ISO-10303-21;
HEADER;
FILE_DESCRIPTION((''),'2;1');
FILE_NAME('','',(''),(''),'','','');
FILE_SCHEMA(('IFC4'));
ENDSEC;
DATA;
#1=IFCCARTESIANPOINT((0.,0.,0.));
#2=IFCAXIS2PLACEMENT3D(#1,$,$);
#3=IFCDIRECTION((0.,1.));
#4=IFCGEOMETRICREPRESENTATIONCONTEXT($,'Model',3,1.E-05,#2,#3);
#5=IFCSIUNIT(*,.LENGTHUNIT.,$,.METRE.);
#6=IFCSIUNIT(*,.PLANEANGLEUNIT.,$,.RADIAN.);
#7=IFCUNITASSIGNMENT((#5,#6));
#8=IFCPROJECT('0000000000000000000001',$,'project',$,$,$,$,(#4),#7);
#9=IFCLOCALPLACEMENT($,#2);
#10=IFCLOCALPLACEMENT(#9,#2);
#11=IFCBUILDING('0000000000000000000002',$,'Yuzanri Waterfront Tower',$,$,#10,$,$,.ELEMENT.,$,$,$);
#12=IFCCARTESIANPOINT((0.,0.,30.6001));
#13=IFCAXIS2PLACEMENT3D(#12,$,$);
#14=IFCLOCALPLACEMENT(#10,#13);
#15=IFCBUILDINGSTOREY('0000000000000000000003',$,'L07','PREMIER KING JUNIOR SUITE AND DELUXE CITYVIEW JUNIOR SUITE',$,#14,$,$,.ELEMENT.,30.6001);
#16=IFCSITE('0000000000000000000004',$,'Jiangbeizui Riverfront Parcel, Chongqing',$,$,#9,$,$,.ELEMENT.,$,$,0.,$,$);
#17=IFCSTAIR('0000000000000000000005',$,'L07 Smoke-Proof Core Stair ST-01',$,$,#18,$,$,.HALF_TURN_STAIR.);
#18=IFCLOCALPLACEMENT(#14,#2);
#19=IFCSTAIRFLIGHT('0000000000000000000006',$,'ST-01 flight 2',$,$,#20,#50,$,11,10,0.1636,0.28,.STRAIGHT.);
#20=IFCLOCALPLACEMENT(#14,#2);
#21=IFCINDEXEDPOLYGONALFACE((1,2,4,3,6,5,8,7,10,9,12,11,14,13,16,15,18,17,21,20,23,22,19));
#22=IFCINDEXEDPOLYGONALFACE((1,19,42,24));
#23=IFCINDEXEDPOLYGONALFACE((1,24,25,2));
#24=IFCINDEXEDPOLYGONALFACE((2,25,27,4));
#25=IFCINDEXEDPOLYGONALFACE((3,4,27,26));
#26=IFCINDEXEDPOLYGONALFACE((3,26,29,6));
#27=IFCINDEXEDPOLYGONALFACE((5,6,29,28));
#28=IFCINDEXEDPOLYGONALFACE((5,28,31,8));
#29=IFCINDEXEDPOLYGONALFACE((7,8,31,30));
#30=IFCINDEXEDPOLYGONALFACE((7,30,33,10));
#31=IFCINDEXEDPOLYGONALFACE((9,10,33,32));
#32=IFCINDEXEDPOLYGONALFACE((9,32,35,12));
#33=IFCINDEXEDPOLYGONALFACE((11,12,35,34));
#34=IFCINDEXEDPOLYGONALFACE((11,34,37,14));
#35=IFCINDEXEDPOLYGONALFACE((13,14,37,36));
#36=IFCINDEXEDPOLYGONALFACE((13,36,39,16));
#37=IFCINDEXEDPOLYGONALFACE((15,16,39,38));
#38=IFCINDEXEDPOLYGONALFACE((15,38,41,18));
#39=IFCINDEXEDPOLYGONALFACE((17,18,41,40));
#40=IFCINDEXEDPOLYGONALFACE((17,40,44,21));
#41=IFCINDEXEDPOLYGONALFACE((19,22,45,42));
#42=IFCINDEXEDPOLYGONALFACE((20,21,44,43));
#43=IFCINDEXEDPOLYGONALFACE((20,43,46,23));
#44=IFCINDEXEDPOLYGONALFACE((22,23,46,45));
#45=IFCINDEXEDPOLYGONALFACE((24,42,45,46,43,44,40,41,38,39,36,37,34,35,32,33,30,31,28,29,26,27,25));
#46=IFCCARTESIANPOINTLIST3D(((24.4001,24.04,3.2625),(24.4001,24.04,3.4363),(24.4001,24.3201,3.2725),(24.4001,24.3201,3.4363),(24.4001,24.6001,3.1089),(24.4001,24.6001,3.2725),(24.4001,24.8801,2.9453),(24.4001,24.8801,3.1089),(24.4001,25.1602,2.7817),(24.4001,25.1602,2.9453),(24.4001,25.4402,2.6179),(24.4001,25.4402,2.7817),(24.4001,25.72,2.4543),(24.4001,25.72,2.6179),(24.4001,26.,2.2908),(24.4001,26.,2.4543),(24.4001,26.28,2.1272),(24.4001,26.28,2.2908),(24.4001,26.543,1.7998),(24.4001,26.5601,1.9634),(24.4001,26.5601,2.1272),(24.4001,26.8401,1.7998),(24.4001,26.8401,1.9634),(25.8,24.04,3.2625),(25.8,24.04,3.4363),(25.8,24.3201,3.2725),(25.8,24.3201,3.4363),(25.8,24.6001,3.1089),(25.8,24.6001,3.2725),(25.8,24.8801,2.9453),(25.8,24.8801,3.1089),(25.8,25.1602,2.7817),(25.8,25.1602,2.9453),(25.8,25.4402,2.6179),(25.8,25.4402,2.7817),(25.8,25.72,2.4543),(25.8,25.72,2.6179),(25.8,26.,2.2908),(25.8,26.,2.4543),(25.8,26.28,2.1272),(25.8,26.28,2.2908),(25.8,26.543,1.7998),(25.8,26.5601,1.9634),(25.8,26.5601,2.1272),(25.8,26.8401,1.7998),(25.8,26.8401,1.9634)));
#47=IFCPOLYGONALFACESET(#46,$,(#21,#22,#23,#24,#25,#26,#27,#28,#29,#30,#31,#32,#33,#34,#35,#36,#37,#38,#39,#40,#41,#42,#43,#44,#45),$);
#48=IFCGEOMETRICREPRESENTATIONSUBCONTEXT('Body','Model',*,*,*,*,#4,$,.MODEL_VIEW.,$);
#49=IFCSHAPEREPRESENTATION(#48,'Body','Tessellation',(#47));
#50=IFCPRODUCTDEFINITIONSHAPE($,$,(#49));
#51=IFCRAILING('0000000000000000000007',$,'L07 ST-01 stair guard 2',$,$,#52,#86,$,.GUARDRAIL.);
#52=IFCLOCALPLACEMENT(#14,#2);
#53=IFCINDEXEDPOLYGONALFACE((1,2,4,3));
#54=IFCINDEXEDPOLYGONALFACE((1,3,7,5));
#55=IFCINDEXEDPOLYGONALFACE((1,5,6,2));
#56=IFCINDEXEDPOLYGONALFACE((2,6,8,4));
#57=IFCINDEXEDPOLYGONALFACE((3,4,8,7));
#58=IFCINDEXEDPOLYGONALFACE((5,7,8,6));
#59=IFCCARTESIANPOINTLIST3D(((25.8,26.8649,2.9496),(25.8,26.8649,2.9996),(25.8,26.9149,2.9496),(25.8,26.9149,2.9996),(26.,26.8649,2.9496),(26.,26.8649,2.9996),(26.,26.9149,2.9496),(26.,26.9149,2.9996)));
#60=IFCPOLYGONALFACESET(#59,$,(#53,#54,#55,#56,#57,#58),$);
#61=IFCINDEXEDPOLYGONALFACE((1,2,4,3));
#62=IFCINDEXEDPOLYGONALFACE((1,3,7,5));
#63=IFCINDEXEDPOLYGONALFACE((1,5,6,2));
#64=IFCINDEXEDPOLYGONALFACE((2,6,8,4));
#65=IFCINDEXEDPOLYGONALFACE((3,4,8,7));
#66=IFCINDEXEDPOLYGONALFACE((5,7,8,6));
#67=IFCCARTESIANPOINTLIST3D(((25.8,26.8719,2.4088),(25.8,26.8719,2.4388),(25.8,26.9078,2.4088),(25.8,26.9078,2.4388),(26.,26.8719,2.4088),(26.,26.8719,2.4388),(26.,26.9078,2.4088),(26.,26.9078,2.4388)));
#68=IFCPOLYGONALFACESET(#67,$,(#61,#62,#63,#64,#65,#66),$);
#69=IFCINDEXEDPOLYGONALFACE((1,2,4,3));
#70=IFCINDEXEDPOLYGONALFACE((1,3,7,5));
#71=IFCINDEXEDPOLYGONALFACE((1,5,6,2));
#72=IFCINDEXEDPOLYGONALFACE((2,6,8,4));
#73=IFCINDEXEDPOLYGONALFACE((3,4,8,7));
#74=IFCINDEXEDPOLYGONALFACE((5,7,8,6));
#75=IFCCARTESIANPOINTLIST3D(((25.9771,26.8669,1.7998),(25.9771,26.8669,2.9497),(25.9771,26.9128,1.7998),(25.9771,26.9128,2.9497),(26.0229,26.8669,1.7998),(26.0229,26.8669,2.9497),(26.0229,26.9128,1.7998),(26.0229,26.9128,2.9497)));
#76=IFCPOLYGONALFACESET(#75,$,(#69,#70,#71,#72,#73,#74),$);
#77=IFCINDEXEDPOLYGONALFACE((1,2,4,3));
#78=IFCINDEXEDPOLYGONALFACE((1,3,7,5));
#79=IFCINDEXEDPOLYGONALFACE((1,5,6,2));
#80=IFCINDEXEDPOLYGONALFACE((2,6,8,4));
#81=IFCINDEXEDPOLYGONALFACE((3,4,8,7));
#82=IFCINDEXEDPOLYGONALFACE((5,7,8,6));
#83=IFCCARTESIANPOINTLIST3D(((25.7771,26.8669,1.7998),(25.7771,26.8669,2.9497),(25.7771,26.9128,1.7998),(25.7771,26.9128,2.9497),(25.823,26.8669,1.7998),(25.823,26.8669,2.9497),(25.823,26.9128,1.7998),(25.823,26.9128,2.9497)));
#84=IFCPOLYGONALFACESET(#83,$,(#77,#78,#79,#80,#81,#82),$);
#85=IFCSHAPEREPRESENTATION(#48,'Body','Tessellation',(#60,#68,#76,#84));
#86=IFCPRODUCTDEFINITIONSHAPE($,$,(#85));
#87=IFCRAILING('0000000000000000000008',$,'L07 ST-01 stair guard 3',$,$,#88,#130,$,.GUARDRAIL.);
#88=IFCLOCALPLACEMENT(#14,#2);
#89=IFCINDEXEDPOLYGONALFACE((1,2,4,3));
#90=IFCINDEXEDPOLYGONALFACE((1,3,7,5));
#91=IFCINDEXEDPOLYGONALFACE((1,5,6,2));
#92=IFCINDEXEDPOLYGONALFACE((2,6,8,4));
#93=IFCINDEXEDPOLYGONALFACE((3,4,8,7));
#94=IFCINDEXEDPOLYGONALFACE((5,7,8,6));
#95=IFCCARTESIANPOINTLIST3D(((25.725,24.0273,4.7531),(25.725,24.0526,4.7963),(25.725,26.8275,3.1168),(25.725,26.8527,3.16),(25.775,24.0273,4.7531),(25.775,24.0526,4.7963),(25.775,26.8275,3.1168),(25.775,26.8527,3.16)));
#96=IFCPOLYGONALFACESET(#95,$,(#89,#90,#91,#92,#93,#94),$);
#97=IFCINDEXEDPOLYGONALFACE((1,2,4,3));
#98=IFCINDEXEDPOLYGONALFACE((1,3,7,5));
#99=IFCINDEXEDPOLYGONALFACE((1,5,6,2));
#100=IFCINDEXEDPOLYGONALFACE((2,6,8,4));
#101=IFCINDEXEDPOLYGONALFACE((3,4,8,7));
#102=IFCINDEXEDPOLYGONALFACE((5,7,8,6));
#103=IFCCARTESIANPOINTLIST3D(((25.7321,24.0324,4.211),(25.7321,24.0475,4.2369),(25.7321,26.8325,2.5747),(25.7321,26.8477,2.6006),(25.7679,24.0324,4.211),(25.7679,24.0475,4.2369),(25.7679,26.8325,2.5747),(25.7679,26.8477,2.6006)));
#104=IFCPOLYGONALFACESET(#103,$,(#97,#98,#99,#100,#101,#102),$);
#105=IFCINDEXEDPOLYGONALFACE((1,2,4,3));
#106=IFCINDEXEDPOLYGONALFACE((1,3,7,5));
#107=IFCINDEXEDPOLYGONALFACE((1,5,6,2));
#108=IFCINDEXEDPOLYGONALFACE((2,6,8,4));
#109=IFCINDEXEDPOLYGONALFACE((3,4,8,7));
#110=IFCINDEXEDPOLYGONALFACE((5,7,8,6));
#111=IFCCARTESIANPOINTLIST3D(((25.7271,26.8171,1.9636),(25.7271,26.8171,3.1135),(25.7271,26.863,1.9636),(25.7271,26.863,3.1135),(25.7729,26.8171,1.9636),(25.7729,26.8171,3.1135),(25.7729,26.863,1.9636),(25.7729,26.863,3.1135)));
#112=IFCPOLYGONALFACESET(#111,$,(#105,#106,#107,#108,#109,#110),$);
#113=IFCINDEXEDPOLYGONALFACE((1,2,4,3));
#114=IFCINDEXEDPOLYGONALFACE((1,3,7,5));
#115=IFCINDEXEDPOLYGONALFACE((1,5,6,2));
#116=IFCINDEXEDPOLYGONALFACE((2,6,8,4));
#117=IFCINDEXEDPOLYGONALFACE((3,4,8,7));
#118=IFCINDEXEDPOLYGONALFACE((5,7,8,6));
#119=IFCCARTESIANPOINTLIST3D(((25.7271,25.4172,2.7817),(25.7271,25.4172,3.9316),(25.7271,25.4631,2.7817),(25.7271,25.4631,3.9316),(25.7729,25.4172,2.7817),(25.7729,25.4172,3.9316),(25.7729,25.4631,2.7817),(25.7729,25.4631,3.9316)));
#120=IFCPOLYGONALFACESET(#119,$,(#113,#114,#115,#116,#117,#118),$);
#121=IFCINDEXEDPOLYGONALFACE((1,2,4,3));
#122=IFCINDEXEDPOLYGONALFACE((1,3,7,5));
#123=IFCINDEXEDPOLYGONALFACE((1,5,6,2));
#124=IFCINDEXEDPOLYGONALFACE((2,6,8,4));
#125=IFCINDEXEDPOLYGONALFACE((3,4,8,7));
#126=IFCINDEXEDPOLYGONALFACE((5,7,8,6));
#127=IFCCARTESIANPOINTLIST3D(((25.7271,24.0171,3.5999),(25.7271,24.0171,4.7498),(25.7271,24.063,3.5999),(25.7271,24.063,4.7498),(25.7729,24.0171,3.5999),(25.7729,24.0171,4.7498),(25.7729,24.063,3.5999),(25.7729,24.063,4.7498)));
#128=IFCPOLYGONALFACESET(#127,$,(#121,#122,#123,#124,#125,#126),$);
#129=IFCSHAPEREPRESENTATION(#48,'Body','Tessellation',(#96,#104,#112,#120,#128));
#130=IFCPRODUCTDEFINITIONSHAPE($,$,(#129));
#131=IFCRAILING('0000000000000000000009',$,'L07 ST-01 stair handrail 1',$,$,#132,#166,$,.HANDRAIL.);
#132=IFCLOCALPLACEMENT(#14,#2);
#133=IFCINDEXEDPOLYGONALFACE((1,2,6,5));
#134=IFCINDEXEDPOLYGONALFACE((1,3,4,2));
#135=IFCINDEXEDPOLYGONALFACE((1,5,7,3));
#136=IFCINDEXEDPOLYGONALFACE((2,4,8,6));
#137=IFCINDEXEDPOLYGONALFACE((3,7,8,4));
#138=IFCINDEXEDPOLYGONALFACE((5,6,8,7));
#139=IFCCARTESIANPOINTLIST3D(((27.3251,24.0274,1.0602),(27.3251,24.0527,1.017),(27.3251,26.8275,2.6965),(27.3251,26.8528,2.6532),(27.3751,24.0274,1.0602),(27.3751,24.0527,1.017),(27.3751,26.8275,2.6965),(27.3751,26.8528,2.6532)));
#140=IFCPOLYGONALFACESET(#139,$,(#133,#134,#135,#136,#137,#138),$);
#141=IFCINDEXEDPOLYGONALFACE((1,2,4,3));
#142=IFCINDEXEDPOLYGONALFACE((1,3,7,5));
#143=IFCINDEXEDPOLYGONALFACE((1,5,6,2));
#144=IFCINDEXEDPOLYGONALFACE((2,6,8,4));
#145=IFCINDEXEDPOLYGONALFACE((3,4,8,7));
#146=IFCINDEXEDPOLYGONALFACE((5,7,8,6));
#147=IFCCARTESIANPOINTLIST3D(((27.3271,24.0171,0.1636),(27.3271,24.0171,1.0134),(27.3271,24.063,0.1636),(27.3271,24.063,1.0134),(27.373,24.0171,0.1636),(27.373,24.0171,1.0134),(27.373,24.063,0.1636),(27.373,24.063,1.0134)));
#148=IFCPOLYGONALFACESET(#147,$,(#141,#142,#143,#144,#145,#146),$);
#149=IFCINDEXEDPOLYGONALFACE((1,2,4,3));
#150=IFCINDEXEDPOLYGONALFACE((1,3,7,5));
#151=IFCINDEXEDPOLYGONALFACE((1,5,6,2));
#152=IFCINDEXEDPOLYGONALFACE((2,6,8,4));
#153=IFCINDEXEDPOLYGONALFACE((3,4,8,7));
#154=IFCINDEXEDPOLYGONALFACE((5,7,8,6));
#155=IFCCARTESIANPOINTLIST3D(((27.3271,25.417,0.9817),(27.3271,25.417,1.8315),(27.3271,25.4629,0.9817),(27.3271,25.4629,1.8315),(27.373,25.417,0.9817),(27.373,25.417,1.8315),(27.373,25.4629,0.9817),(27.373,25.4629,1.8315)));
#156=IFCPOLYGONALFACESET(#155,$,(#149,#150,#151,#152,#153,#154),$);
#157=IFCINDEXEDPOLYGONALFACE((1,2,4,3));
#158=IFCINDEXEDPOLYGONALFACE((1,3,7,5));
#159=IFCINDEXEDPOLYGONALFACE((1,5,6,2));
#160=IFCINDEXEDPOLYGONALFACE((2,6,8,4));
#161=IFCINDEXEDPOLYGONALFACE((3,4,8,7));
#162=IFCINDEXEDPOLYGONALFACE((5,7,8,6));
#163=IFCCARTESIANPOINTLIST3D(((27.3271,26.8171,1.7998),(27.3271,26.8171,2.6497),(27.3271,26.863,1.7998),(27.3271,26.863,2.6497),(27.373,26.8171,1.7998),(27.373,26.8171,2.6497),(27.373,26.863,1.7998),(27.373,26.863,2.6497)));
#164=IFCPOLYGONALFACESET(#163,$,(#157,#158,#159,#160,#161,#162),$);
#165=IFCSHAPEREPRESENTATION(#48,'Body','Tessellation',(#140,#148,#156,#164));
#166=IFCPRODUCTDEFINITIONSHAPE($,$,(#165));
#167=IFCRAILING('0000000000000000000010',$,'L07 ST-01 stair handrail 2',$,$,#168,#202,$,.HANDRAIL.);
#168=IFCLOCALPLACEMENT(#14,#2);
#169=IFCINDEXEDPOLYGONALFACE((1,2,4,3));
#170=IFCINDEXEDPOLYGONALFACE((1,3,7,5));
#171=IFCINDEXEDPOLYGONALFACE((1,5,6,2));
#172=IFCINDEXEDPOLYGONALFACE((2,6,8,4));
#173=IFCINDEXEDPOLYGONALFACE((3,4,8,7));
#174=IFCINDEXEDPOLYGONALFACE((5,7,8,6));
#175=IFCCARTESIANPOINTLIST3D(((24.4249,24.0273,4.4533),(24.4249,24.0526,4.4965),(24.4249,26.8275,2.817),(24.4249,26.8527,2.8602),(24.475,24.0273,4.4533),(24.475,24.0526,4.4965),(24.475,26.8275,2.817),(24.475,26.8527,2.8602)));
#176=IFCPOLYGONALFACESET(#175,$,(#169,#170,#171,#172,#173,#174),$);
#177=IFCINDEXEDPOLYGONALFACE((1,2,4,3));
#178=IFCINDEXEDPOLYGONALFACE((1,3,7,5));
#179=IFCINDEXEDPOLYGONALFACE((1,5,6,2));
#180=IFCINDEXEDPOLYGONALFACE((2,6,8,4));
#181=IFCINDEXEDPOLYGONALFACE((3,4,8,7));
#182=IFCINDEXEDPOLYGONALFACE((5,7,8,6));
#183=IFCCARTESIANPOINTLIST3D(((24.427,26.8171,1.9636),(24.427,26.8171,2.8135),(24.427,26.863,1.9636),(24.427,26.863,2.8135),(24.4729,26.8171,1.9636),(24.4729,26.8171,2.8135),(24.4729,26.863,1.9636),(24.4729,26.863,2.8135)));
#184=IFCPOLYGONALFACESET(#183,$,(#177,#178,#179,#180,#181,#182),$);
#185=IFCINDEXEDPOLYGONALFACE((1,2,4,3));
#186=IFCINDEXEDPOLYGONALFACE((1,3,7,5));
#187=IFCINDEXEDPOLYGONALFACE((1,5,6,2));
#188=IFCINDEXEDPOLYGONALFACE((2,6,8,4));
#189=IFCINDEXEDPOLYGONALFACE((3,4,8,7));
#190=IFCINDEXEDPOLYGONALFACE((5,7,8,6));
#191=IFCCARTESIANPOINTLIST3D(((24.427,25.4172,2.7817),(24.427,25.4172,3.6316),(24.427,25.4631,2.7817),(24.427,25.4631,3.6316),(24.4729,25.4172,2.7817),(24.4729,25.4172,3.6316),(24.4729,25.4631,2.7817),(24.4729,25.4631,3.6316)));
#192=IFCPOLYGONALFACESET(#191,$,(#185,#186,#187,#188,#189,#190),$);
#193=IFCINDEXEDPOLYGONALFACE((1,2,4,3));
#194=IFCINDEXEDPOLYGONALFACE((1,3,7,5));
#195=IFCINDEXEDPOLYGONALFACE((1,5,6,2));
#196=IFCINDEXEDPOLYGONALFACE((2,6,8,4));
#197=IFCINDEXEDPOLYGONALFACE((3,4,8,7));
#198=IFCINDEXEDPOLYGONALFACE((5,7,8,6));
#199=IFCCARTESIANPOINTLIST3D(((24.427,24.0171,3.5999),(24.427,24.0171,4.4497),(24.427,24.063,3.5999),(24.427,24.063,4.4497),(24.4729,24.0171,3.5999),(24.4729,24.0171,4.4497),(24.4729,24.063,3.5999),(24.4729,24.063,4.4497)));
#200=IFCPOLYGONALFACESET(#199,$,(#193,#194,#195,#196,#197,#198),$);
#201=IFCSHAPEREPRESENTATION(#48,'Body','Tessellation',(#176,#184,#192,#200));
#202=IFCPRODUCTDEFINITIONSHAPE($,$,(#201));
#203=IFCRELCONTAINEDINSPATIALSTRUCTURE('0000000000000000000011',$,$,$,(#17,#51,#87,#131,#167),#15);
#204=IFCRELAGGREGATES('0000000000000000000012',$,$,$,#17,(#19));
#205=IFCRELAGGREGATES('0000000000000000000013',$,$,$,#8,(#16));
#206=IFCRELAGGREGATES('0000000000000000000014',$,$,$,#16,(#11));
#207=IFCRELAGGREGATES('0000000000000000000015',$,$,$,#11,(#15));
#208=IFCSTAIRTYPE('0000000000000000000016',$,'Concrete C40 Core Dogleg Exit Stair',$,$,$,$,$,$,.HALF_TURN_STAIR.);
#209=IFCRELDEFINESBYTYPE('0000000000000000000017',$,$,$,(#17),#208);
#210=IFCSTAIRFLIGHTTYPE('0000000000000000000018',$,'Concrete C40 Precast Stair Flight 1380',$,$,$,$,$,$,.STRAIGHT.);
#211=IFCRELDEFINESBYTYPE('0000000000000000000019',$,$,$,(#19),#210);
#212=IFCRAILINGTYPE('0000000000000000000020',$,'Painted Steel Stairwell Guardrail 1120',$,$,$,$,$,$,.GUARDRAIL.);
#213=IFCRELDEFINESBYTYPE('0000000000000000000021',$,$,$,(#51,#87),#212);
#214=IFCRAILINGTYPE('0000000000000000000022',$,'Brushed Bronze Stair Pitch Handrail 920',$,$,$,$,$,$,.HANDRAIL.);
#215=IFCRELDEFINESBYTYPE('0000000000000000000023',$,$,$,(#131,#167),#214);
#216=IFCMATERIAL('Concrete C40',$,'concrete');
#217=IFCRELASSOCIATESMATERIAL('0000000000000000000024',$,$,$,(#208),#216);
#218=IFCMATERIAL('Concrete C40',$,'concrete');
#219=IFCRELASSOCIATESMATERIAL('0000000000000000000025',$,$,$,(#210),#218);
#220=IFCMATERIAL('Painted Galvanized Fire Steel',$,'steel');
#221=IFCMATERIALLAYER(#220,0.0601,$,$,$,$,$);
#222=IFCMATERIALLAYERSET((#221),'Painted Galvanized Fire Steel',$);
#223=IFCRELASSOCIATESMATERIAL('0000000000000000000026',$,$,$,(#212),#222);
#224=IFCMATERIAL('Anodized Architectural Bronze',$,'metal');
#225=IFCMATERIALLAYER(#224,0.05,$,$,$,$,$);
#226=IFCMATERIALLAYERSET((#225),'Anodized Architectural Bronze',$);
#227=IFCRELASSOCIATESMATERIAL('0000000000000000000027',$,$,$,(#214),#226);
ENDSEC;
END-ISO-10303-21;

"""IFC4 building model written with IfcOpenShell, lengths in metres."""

from ifc_helpers import new_model, si_unit, direction, frame, origin, origin_2d, place, context, subcontext, project, spatial, polyline, rectangle, outline, extrude, source, transform, mapped, material, layer, layer_set, type_object, element, aggregate, save


model = new_model("IFC4")

# Units and contexts
model_context = context("Model", 3, precision=1e-05, world=origin(), true_north=direction((0.0, 1.0)))
body_context = subcontext(model_context, "Body", "Model", "MODEL_VIEW")
ifc_project = project(units=[si_unit("LENGTHUNIT", "METRE"), si_unit("PLANEANGLEUNIT", "RADIAN")], contexts=[model_context])

# Site, building, storey
site_placement = place(None, origin())
site = spatial("IfcSite", under=ifc_project, at=site_placement, Name="Jiangbeizui Riverfront Parcel, Chongqing", CompositionType="ELEMENT", RefElevation=0.0)
building_placement = place(site_placement, origin())
building = spatial("IfcBuilding", under=site, at=building_placement, Name="Yuzanri Waterfront Tower", CompositionType="ELEMENT")
storey_placement = place(building_placement, frame((0.0, 0.0, 30.6001)))
storey = spatial("IfcBuildingStorey", under=building, at=storey_placement, Name="L07", Description="PREMIER KING JUNIOR SUITE AND DELUXE CITYVIEW JUNIOR SUITE", CompositionType="ELEMENT", Elevation=30.6001)

# Stair, stair flight
ifc_material_1 = material(Name="Concrete C40", Category="concrete")
stair_type = type_object("IfcStairType", Name="Concrete C40 Core Dogleg Exit Stair", PredefinedType="HALF_TURN_STAIR", material=ifc_material_1)
stair_placement = place(storey_placement, origin())
stair = element("IfcStair", 1, at=stair_placement, inside=storey, type_object=stair_type, Name="L07 Smoke-Proof Core Stair ST-01", PredefinedType="HALF_TURN_STAIR")
ifc_material_2 = material(Name="Concrete C40", Category="concrete")
stair_flight_type = type_object("IfcStairFlightType", Name="Concrete C40 Precast Stair Flight 1380", PredefinedType="STRAIGHT", material=ifc_material_2)
shared_shape_1 = source(origin(), body_context, "Body", "SweptSolid", [
    extrude(outline(polyline([(0.0, 0.0), (0.0, 0.1636), (0.28, 0.1636), (0.28, 0.3274), (0.5601, 0.3274), (0.5601, 0.491), (0.8401, 0.491), (0.8401, 0.6545), (1.1201, 0.6545), (1.1201, 0.8181), (1.3999, 0.8181), (1.3999, 0.9819), (1.6799, 0.9819), (1.6799, 1.1455), (1.96, 1.1455), (1.96, 1.3091), (2.24, 1.3091), (2.24, 1.4727), (2.52, 1.4727), (2.52, 1.6365), (2.8, 1.6365), (2.8, 1.8), (2.8, 1.4626), (0.2971, 0.0), (0.0, 0.0)])), frame((0.0, 0.7, 0.0), z_axis=(0.0, -1.0, 0.0), x_axis=(1.0, 0.0, 0.0)), (0.0, 0.0, 1.0), 1.3999),
])
stair_flight_1_placement = place(storey_placement, frame((25.1001, 26.8401, 1.7998), z_axis=(0.0, 0.0, 1.0), x_axis=(0.0, -1.0, 0.0)))
stair_flight_1 = element("IfcStairFlight", 2, at=stair_flight_1_placement, type_object=stair_flight_type, Name="ST-01 flight 2", NumberOfRisers=11, NumberOfTreads=10, PredefinedType="STRAIGHT", RiserHeight=0.1636, TreadLength=0.28, context=body_context, shape_type="MappedRepresentation", body=[
    mapped(shared_shape_1, transform((0.0, 0.0, 0.0), scale=1.0)),
])
aggregate(stair, [stair_flight_1])

# Railings
ifc_material_3 = material(Name="Painted Galvanized Fire Steel", Category="steel")
ifc_layer_1 = layer(ifc_material_3, 0.0601)
ifc_layer_set_1 = layer_set([ifc_layer_1], Name="Painted Galvanized Fire Steel")
railing_type_1 = type_object("IfcRailingType", Name="Painted Steel Stairwell Guardrail 1120", PredefinedType="GUARDRAIL", material=ifc_layer_set_1)
shared_shape_2 = source(origin(), body_context, "Body", "SweptSolid", [
    extrude(rectangle(XDim=0.05, YDim=0.05, at=origin_2d()), frame((0.0, 0.0, 1.1748), z_axis=(-1.0, 0.0, 0.0), x_axis=(0.0, -1.0, 0.0)), (0.0, 0.0, 1.0), 0.2),
    extrude(rectangle(XDim=0.0359, YDim=0.03, at=origin_2d()), frame((0.0, 0.0, 0.624), z_axis=(-1.0, 0.0, 0.0), x_axis=(0.0, -1.0, 0.0)), (0.0, 0.0, 1.0), 0.2),
    extrude(rectangle(XDim=0.0459, YDim=0.0459, at=origin_2d()), origin(), (0.0, 0.0, 1.0), 1.1499),
    extrude(rectangle(XDim=0.0459, YDim=0.0459, at=origin_2d()), frame((-0.2, 0.0, 0.0)), (0.0, 0.0, 1.0), 1.1499),
])
railing_1_placement = place(storey_placement, frame((26.0, 26.8899, 1.7998)))
element("IfcRailing", 3, at=railing_1_placement, inside=storey, type_object=railing_type_1, Name="L07 ST-01 stair guard 2", PredefinedType="GUARDRAIL", context=body_context, shape_type="MappedRepresentation", body=[
    mapped(shared_shape_2, transform((0.0, 0.0, 0.0), scale=1.0)),
])
shared_shape_3 = source(origin(), body_context, "Body", "SweptSolid", [
    extrude(rectangle(XDim=0.05, YDim=0.05, at=origin_2d()), frame((0.0, 0.0, 1.1748), z_axis=(0.0, -0.863394, 0.504531), x_axis=(1.0, 0.0, 0.0)), (0.0, 0.0, 1.0), 3.2432),
    extrude(rectangle(XDim=0.0359, YDim=0.03, at=origin_2d()), frame((0.0, 0.0, 0.624), z_axis=(0.0, -0.863394, 0.504531), x_axis=(1.0, 0.0, 0.0)), (0.0, 0.0, 1.0), 3.2432),
    extrude(rectangle(XDim=0.0459, YDim=0.0459, at=origin_2d()), origin(), (0.0, 0.0, 1.0), 1.1499),
    extrude(rectangle(XDim=0.0459, YDim=0.0459, at=origin_2d()), frame((0.0, -1.3999, 0.8181)), (0.0, 0.0, 1.0), 1.1499),
    extrude(rectangle(XDim=0.0459, YDim=0.0459, at=origin_2d()), frame((0.0, -2.8, 1.6362)), (0.0, 0.0, 1.0), 1.1499),
])
railing_2_placement = place(storey_placement, frame((25.75, 26.8401, 1.9636)))
element("IfcRailing", 4, at=railing_2_placement, inside=storey, type_object=railing_type_1, Name="L07 ST-01 stair guard 3", PredefinedType="GUARDRAIL", context=body_context, shape_type="MappedRepresentation", body=[
    mapped(shared_shape_3, transform((0.0, 0.0, 0.0), scale=1.0)),
])
ifc_material_4 = material(Name="Anodized Architectural Bronze", Category="metal")
ifc_layer_2 = layer(ifc_material_4, 0.05)
ifc_layer_set_2 = layer_set([ifc_layer_2], Name="Anodized Architectural Bronze")
railing_type_2 = type_object("IfcRailingType", Name="Brushed Bronze Stair Pitch Handrail 920", PredefinedType="HANDRAIL", material=ifc_layer_set_2)
shared_shape_4 = source(origin(), body_context, "Body", "SweptSolid", [
    extrude(rectangle(XDim=0.05, YDim=0.05, at=origin_2d()), frame((0.0, 0.0, 0.875), z_axis=(0.0, 0.863394, 0.504531), x_axis=(-1.0, 0.0, 0.0)), (0.0, 0.0, 1.0), 3.2432),
    extrude(rectangle(XDim=0.0459, YDim=0.0459, at=origin_2d()), origin(), (0.0, 0.0, 1.0), 0.8499),
    extrude(rectangle(XDim=0.0459, YDim=0.0459, at=origin_2d()), frame((0.0, 1.3999, 0.8181)), (0.0, 0.0, 1.0), 0.8499),
    extrude(rectangle(XDim=0.0459, YDim=0.0459, at=origin_2d()), frame((0.0, 2.8, 1.6362)), (0.0, 0.0, 1.0), 0.8499),
])
railing_3_placement = place(storey_placement, frame((27.3501, 24.04, 0.1636)))
element("IfcRailing", 5, at=railing_3_placement, inside=storey, type_object=railing_type_2, Name="L07 ST-01 stair handrail 1", PredefinedType="HANDRAIL", context=body_context, shape_type="MappedRepresentation", body=[
    mapped(shared_shape_4, transform((0.0, 0.0, 0.0), scale=1.0)),
])
shared_shape_5 = source(origin(), body_context, "Body", "SweptSolid", [
    extrude(rectangle(XDim=0.05, YDim=0.05, at=origin_2d()), frame((0.0, 0.0, 0.875), z_axis=(0.0, -0.863394, 0.504531), x_axis=(1.0, 0.0, 0.0)), (0.0, 0.0, 1.0), 3.2432),
    extrude(rectangle(XDim=0.0459, YDim=0.0459, at=origin_2d()), origin(), (0.0, 0.0, 1.0), 0.8499),
    extrude(rectangle(XDim=0.0459, YDim=0.0459, at=origin_2d()), frame((0.0, -1.3999, 0.8181)), (0.0, 0.0, 1.0), 0.8499),
    extrude(rectangle(XDim=0.0459, YDim=0.0459, at=origin_2d()), frame((0.0, -2.8, 1.6362)), (0.0, 0.0, 1.0), 0.8499),
])
railing_4_placement = place(storey_placement, frame((24.45, 26.8401, 1.9636)))
element("IfcRailing", 6, at=railing_4_placement, inside=storey, type_object=railing_type_2, Name="L07 ST-01 stair handrail 2", PredefinedType="HANDRAIL", context=body_context, shape_type="MappedRepresentation", body=[
    mapped(shared_shape_5, transform((0.0, 0.0, 0.0), scale=1.0)),
])

save(model, "model.ifc")
